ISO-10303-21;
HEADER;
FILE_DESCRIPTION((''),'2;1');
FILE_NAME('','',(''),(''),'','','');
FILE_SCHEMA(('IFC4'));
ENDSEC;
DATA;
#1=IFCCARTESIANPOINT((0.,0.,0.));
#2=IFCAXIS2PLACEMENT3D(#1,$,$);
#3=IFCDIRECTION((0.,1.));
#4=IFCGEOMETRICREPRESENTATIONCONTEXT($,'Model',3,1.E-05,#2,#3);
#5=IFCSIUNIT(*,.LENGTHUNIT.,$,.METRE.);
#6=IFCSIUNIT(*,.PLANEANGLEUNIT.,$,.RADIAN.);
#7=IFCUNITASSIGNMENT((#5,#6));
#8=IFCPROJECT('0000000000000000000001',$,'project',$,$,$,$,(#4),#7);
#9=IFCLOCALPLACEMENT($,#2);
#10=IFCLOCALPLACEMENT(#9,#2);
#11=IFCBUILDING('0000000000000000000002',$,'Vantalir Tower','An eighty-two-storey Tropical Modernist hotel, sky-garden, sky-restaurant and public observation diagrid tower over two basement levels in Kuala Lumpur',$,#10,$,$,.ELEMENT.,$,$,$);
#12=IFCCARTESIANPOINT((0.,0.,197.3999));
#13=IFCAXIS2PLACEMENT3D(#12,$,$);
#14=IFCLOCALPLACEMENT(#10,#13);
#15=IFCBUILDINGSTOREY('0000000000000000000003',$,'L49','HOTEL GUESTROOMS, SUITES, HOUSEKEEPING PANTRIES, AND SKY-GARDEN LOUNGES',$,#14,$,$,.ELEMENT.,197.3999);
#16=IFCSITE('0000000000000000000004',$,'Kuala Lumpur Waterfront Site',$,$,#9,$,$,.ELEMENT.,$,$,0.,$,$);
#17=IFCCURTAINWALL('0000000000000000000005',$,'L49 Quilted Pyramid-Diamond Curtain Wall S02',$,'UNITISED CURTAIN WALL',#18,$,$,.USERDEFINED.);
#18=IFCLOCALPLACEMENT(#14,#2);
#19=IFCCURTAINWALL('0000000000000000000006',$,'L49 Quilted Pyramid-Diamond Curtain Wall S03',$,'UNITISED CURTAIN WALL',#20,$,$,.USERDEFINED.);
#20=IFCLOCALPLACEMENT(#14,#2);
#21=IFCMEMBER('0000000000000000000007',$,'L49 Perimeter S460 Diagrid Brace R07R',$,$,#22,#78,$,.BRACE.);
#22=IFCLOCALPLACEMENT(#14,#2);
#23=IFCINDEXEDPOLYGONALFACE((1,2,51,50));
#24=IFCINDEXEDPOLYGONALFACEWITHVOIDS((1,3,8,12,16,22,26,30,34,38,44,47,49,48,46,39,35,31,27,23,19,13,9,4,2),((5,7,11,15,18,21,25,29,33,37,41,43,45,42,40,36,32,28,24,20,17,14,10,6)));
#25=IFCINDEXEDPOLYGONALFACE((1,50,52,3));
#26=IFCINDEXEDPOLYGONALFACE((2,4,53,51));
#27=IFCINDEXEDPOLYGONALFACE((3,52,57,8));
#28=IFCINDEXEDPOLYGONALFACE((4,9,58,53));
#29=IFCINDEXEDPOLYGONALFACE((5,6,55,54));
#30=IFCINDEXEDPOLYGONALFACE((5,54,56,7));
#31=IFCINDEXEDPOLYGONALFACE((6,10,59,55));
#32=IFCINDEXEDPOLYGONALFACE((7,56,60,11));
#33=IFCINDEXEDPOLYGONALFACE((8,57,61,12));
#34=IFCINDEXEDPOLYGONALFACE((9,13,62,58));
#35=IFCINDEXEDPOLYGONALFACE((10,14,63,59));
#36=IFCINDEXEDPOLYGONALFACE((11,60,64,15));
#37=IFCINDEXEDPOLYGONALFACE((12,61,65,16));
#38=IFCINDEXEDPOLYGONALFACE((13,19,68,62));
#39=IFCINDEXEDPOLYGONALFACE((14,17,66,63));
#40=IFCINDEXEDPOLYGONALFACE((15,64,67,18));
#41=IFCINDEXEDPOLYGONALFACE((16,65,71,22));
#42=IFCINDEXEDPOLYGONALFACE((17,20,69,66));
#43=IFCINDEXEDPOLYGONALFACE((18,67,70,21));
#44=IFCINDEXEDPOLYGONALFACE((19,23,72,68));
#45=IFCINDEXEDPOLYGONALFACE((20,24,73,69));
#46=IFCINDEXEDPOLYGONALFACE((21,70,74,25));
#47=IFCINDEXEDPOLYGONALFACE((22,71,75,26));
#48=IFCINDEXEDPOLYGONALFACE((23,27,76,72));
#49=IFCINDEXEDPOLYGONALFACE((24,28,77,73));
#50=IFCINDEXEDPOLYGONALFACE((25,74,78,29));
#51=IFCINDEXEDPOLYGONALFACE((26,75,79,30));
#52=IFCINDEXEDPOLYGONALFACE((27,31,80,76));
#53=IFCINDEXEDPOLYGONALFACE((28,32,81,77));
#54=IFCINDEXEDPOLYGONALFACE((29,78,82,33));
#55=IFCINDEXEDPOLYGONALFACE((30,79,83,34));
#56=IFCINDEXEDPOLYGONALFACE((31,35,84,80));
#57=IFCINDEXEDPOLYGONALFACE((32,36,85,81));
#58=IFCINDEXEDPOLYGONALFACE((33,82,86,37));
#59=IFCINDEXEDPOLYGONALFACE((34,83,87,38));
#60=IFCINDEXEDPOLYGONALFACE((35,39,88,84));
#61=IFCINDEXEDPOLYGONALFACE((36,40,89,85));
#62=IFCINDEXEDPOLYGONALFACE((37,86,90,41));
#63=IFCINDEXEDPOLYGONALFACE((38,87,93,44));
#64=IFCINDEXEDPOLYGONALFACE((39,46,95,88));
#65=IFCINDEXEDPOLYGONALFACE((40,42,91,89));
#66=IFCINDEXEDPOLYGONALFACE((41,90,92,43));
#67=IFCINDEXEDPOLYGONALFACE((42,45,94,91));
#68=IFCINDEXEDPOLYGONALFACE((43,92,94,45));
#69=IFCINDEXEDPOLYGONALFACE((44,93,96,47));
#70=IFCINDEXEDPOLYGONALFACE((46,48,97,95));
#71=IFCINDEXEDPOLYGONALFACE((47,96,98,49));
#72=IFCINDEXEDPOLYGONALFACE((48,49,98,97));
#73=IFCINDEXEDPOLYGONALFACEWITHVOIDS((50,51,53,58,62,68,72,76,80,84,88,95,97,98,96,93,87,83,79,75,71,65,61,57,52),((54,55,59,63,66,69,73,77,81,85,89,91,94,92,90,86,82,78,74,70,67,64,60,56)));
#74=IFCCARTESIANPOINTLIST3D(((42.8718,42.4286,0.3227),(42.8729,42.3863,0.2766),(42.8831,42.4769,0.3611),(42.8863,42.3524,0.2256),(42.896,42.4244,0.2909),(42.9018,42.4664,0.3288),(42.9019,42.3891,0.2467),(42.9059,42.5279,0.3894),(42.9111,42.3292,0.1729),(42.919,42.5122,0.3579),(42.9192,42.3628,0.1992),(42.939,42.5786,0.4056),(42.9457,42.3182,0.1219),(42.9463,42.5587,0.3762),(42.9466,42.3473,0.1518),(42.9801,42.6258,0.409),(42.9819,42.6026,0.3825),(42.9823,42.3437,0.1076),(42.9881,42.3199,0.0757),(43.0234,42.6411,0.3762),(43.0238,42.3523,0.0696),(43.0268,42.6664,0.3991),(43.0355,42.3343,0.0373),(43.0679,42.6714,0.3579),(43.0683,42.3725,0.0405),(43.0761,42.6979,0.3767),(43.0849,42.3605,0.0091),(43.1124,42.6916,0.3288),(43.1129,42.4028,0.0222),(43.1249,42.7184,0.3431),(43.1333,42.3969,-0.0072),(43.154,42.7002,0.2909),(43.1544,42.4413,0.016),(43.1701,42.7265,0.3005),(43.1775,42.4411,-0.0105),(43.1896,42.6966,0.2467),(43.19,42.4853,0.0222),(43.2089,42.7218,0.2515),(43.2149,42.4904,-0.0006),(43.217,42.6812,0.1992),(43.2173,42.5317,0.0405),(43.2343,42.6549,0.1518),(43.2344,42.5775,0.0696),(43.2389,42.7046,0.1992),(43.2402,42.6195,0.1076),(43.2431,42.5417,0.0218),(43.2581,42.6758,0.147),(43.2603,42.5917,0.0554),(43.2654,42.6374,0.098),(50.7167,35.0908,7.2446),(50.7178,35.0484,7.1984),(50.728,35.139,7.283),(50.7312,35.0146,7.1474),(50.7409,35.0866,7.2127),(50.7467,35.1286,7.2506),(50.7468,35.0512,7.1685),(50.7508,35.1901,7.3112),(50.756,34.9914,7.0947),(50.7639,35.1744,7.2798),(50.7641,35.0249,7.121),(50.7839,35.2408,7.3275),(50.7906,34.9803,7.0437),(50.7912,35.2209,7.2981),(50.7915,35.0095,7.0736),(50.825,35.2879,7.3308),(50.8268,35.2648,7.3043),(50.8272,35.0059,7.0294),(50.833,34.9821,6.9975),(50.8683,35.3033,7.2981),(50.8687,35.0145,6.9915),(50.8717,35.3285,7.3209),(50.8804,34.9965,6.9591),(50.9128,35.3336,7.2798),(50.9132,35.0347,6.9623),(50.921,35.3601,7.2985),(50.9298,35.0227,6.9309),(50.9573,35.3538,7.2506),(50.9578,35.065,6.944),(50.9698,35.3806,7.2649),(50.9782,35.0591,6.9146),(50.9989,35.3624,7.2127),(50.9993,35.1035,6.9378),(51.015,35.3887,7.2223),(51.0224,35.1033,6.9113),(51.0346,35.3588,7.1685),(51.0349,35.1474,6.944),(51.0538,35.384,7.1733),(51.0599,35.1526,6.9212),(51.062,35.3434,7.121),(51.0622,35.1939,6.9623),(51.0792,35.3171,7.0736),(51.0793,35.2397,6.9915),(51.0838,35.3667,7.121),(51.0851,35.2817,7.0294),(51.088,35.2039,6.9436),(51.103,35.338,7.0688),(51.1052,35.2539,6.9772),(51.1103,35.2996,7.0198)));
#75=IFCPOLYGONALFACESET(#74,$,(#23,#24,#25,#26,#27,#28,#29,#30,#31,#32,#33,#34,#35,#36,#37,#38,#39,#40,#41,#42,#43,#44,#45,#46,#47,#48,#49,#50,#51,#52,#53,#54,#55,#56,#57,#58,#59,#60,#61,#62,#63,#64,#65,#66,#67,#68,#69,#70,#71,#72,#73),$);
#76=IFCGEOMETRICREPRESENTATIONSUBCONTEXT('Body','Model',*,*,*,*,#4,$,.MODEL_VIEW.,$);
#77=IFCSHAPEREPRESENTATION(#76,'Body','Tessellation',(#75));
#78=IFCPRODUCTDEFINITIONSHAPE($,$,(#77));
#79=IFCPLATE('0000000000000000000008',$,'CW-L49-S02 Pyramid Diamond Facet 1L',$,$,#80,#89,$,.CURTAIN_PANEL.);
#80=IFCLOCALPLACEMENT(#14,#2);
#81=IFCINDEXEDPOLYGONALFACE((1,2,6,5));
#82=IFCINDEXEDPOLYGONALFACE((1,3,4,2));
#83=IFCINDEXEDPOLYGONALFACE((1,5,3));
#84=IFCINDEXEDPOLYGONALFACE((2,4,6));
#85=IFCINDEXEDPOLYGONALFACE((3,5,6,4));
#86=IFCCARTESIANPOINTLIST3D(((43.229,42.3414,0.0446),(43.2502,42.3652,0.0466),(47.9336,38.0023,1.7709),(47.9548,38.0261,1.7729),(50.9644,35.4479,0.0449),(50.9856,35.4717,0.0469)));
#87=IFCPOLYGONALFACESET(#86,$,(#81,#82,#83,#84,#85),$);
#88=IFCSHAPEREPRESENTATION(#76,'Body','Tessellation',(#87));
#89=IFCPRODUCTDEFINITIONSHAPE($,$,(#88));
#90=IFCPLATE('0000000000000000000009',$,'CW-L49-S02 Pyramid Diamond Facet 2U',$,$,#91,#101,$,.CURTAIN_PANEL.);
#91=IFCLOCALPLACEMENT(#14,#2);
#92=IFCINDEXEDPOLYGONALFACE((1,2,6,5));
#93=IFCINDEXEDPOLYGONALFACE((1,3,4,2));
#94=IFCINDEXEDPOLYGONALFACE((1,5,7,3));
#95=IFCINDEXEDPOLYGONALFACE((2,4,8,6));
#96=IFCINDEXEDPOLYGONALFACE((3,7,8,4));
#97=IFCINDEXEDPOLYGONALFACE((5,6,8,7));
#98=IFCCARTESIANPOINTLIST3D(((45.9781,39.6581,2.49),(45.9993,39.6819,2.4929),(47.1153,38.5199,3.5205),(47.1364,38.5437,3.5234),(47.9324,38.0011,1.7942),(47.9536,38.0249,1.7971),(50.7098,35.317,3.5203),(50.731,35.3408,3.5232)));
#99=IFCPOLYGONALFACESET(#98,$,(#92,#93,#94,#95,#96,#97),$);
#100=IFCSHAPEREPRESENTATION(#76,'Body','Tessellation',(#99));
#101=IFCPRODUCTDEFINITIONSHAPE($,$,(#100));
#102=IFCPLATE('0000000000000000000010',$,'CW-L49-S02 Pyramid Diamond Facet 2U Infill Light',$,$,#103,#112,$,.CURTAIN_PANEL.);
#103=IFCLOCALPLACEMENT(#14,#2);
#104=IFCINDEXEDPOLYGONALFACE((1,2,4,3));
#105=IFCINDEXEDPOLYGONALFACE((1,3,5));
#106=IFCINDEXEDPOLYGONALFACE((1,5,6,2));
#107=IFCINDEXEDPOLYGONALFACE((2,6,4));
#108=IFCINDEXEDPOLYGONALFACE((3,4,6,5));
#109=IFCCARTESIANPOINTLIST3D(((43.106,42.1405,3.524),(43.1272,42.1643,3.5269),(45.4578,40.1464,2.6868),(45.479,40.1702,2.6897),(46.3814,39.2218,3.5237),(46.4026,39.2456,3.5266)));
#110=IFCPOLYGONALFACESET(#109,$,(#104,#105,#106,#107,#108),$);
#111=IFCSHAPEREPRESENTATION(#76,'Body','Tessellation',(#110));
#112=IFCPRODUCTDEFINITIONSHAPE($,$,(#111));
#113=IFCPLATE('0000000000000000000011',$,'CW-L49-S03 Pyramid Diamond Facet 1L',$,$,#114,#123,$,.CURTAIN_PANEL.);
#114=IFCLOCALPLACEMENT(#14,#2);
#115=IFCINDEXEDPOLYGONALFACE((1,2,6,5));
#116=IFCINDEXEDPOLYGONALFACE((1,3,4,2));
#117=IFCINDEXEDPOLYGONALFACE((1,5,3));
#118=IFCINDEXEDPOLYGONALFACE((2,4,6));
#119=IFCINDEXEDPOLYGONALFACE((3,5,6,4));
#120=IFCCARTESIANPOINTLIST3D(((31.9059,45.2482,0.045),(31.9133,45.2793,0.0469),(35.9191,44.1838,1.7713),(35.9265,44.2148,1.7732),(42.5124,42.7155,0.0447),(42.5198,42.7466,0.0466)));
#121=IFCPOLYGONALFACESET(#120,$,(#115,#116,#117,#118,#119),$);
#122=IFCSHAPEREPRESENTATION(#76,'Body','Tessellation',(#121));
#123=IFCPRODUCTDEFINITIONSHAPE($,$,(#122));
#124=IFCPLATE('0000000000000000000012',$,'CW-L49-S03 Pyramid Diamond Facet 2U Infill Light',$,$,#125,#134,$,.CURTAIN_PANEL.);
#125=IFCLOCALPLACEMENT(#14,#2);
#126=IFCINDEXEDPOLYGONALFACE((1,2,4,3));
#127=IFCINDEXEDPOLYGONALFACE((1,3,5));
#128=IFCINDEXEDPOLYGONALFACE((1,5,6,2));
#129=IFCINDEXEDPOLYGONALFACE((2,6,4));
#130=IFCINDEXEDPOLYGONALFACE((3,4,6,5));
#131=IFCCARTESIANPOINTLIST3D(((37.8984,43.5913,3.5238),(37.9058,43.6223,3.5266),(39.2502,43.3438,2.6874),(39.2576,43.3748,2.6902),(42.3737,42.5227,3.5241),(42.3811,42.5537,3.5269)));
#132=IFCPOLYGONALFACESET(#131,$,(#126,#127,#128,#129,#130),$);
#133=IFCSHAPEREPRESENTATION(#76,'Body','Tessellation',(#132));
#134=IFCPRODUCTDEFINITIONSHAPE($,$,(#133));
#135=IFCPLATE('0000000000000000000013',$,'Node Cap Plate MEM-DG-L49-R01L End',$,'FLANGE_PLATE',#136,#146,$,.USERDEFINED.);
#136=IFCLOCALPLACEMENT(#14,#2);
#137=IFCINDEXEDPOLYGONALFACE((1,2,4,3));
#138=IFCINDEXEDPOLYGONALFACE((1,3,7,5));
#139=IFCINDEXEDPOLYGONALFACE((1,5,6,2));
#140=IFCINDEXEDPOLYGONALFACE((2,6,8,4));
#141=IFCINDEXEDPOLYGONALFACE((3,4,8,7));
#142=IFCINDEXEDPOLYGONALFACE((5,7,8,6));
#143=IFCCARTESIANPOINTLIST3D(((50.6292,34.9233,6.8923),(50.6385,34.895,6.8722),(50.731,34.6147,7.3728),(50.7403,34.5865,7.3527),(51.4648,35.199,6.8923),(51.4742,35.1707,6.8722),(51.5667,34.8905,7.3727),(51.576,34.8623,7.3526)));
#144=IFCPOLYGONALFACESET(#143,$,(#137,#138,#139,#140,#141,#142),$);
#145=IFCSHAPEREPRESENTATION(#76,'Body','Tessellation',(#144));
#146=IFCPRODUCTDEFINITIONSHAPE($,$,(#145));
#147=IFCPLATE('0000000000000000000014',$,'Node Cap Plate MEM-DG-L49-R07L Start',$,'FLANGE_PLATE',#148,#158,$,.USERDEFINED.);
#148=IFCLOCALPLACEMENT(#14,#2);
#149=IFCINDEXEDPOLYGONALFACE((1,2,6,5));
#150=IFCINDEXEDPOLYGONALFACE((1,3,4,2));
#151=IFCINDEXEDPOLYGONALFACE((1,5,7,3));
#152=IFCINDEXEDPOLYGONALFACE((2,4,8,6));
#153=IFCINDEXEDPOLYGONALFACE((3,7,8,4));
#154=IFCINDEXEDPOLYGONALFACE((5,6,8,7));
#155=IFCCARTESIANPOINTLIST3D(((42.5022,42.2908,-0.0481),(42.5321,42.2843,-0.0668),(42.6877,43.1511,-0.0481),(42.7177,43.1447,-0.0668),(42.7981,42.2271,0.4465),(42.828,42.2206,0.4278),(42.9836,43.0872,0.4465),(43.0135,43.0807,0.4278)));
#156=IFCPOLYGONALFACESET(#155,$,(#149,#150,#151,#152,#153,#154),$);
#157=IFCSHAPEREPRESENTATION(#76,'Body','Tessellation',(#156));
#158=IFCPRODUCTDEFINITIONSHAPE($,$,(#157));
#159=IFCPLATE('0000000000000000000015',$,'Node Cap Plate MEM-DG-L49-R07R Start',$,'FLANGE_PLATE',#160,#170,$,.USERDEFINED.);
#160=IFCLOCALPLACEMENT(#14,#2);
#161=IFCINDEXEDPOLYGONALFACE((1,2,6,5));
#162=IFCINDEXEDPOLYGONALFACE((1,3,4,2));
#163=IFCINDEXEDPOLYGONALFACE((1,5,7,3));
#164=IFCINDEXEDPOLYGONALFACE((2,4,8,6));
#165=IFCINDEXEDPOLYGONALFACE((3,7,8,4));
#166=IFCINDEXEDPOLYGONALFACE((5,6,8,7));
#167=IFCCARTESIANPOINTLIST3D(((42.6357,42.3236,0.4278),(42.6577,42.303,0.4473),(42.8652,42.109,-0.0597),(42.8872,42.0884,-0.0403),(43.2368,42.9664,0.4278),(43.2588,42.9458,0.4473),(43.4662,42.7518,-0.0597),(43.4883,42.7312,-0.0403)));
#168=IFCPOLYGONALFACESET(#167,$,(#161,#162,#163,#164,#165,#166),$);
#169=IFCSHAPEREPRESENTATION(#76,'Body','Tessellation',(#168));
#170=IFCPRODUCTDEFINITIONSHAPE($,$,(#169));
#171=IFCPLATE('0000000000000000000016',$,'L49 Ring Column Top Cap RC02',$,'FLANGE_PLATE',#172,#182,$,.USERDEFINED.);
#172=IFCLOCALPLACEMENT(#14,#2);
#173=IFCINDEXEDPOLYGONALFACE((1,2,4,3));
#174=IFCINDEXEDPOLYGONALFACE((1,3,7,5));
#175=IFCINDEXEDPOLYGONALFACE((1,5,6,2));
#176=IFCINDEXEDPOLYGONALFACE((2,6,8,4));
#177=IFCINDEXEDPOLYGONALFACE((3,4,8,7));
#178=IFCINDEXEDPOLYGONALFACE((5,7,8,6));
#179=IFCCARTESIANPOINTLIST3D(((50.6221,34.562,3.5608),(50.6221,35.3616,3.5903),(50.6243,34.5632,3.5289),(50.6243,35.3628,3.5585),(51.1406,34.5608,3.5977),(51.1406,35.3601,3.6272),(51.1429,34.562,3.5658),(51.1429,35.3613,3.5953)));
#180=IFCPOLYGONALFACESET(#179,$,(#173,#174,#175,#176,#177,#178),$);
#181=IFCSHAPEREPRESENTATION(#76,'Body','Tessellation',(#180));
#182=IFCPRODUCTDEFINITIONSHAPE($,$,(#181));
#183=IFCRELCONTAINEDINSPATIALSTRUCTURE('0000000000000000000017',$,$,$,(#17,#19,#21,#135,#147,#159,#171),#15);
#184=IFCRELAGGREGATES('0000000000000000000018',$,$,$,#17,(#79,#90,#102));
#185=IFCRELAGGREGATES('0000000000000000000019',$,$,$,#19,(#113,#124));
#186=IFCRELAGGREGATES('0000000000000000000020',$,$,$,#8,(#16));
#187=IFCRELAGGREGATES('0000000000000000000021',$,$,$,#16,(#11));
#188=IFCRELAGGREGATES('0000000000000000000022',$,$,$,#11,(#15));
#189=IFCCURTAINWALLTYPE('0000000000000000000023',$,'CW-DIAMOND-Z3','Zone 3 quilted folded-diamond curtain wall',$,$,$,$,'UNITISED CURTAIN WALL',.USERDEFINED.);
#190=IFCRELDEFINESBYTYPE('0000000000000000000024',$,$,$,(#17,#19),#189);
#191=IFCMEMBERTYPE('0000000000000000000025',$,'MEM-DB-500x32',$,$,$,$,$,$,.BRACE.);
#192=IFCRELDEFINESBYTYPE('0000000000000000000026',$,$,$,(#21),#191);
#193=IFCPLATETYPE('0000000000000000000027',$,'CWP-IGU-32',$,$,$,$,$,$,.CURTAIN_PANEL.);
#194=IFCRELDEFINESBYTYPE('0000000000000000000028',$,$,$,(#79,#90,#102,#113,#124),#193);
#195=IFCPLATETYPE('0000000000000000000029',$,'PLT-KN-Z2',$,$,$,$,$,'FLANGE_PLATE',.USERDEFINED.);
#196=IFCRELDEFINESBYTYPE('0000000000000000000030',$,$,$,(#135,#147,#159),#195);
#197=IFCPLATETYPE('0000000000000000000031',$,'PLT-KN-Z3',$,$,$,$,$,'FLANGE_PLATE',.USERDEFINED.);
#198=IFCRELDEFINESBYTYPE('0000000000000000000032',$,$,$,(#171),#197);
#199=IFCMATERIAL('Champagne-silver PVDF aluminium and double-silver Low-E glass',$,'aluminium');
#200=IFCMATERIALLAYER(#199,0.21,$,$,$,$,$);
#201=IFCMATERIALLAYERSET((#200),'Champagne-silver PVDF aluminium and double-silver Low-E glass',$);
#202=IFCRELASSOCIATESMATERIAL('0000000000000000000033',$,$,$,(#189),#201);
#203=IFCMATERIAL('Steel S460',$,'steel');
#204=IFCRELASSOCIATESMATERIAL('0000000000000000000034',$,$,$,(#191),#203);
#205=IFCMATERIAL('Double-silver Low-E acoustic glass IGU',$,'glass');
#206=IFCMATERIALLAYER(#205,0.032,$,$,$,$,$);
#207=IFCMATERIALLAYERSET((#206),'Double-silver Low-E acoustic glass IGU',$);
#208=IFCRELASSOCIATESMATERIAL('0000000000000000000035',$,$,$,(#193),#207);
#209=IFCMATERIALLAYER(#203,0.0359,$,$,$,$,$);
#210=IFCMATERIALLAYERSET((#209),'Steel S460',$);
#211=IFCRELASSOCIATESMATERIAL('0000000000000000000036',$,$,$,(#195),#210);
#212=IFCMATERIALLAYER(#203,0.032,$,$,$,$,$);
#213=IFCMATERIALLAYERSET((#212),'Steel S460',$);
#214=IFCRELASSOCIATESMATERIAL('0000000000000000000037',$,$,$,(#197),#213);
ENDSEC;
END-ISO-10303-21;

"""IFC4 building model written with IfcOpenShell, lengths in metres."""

from ifc_helpers import new_model, si_unit, direction, frame, origin, origin_2d, place, context, subcontext, project, spatial, polyline, hollow_circle, outline, extrude, material, layer, layer_set, material_profile, profile_set, type_object, element, aggregate, save


model = new_model("IFC4")

# Units and contexts
model_context = context("Model", 3, precision=1e-05, world=origin(), true_north=direction((0.0, 1.0)))
body_context = subcontext(model_context, "Body", "Model", "MODEL_VIEW")
ifc_project = project(units=[si_unit("LENGTHUNIT", "METRE"), si_unit("PLANEANGLEUNIT", "RADIAN")], contexts=[model_context])

# Site, building, storey
site_placement = place(None, origin())
site = spatial("IfcSite", under=ifc_project, at=site_placement, Name="Kuala Lumpur Waterfront Site", CompositionType="ELEMENT", RefElevation=0.0)
building_placement = place(site_placement, origin())
building = spatial("IfcBuilding", under=site, at=building_placement, Name="Vantalir Tower", Description="An eighty-two-storey Tropical Modernist hotel, sky-garden, sky-restaurant and public observation diagrid tower over two basement levels in Kuala Lumpur", CompositionType="ELEMENT")
storey_placement = place(building_placement, frame((0.0, 0.0, 197.3999)))
storey = spatial("IfcBuildingStorey", under=building, at=storey_placement, Name="L49", Description="HOTEL GUESTROOMS, SUITES, HOUSEKEEPING PANTRIES, AND SKY-GARDEN LOUNGES", CompositionType="ELEMENT", Elevation=197.3999)

# Shared definitions
ifc_material_1 = material(Name="Steel S460", Category="steel")

# Curtain wall
ifc_material_2 = material(Name="Champagne-silver PVDF aluminium and double-silver Low-E glass", Category="aluminium")
ifc_layer_1 = layer(ifc_material_2, 0.21)
ifc_layer_set_1 = layer_set([ifc_layer_1], Name="Champagne-silver PVDF aluminium and double-silver Low-E glass")
curtain_wall_type = type_object("IfcCurtainWallType", Name="CW-DIAMOND-Z3", Description="Zone 3 quilted folded-diamond curtain wall", ElementType="UNITISED CURTAIN WALL", PredefinedType="USERDEFINED", material=ifc_layer_set_1)
curtain_wall_1_placement = place(storey_placement, origin())
curtain_wall_1 = element("IfcCurtainWall", 1, at=curtain_wall_1_placement, inside=storey, type_object=curtain_wall_type, Name="L49 Quilted Pyramid-Diamond Curtain Wall S02", ObjectType="UNITISED CURTAIN WALL", PredefinedType="USERDEFINED")

# Curtain wall
curtain_wall_2_placement = place(storey_placement, origin())
curtain_wall_2 = element("IfcCurtainWall", 2, at=curtain_wall_2_placement, inside=storey, type_object=curtain_wall_type, Name="L49 Quilted Pyramid-Diamond Curtain Wall S03", ObjectType="UNITISED CURTAIN WALL", PredefinedType="USERDEFINED")

# Member
ifc_material_profile_1 = material_profile(ifc_material_1, hollow_circle(Radius=0.25, WallThickness=0.032, at=origin_2d()), Name="Steel S460")
ifc_profile_set_1 = profile_set([ifc_material_profile_1], Name="Steel S460")
member_type_1 = type_object("IfcMemberType", Name="MEM-DB-500x32", PredefinedType="BRACE", material=ifc_profile_set_1)
member_1_placement = place(storey_placement, frame((43.0681, 42.522, 0.1992), z_axis=(0.6139, -0.574219, 0.541664), x_axis=(0.68311, 0.730316, 0.0)))
element("IfcMember", 3, at=member_1_placement, inside=storey, type_object=member_type_1, Name="L49 Perimeter S460 Diagrid Brace R07R", PredefinedType="BRACE", context=body_context, shape_type="SweptSolid", body=[
    extrude(hollow_circle(Radius=0.25, WallThickness=0.032, at=origin_2d()), origin(), (0.0, 0.0, 1.0), 12.7788),
])

# Plates
ifc_material_3 = material(Name="Double-silver Low-E acoustic glass IGU", Category="glass")
ifc_layer_2 = layer(ifc_material_3, 0.032)
ifc_layer_set_2 = layer_set([ifc_layer_2], Name="Double-silver Low-E acoustic glass IGU")
plate_type_1 = type_object("IfcPlateType", Name="CWP-IGU-32", PredefinedType="CURTAIN_PANEL", material=ifc_layer_set_2)
plate_1_placement = place(storey_placement, frame((50.9856, 35.4717, 0.0469), z_axis=(0.663984, 0.745068, 0.063233), x_axis=(-0.746561, 0.665317, -0.000024)))
plate_1 = element("IfcPlate", 4, at=plate_1_placement, type_object=plate_type_1, Name="CW-L49-S02 Pyramid Diamond Facet 1L", PredefinedType="CURTAIN_PANEL", context=body_context, shape_type="SweptSolid", body=[
    extrude(outline(polyline([(0.0, 0.0), (10.3613, 0.0), (3.9621, 1.7296), (0.0, 0.0)])), origin(), (0.0, 0.0, -1.0), 0.032),
])
plate_2_placement = place(storey_placement, frame((50.731, 35.3408, 3.5232), z_axis=(0.662554, 0.743569, 0.090154), x_axis=(-0.746612, 0.665259, 0.00005)))
plate_2 = element("IfcPlate", 5, at=plate_2_placement, type_object=plate_type_1, Name="CW-L49-S02 Pyramid Diamond Facet 2U", PredefinedType="CURTAIN_PANEL", context=body_context, shape_type="SweptSolid", body=[
    extrude(outline(polyline([(0.0, 0.0), (4.8144, 0.0), (6.4206, -1.0348), (3.8591, -1.7333), (0.0, 0.0)])), origin(), (0.0, 0.0, -1.0), 0.032),
])
plate_3_placement = place(storey_placement, frame((46.4026, 39.2456, 3.5266), z_axis=(0.662576, 0.743541, 0.090217), x_axis=(-0.746589, 0.665286, 0.000056)))
plate_3 = element("IfcPlate", 6, at=plate_3_placement, type_object=plate_type_1, Name="CW-L49-S02 Pyramid Diamond Facet 2U Infill Light", PredefinedType="CURTAIN_PANEL", context=body_context, shape_type="SweptSolid", body=[
    extrude(outline(polyline([(0.0, 0.0), (4.3871, 0.0), (1.3046, -0.8404), (0.0, 0.0)])), origin(), (0.0, 0.0, -1.0), 0.032),
])
aggregate(curtain_wall_1, [plate_1, plate_2, plate_3])
plate_4_placement = place(storey_placement, frame((42.5198, 42.7466, 0.0466), z_axis=(0.231847, 0.970919, 0.059695), x_axis=(-0.972654, 0.23226, 0.000022)))
plate_4 = element("IfcPlate", 7, at=plate_4_placement, type_object=plate_type_1, Name="CW-L49-S03 Pyramid Diamond Facet 1L", PredefinedType="CURTAIN_PANEL", context=body_context, shape_type="SweptSolid", body=[
    extrude(outline(polyline([(0.0, 0.0), (10.9046, 0.0), (6.754, 1.7295), (0.0, 0.0)])), origin(), (0.0, 0.0, -1.0), 0.032),
])
plate_5_placement = place(storey_placement, frame((42.3811, 42.5537, 3.5269), z_axis=(0.231359, 0.968959, 0.087131), x_axis=(-0.972657, 0.232247, -0.000053)))
plate_5 = element("IfcPlate", 8, at=plate_5_placement, type_object=plate_type_1, Name="CW-L49-S03 Pyramid Diamond Facet 2U Infill Light", PredefinedType="CURTAIN_PANEL", context=body_context, shape_type="SweptSolid", body=[
    extrude(outline(polyline([(0.0, 0.0), (4.6012, 0.0), (3.2289, -0.8397), (0.0, 0.0)])), origin(), (0.0, 0.0, -1.0), 0.032),
])
aggregate(curtain_wall_2, [plate_4, plate_5])

# Plates
ifc_layer_3 = layer(ifc_material_1, 0.0359)
ifc_layer_set_3 = layer_set([ifc_layer_3], Name="Steel S460")
plate_type_2 = type_object("IfcPlateType", Name="PLT-KN-Z2", ElementType="FLANGE_PLATE", PredefinedType="USERDEFINED", material=ifc_layer_set_3)
plate_6_placement = place(storey_placement, frame((51.4648, 35.199, 6.8923), z_axis=(-0.259593, 0.786709, 0.56009), x_axis=(-0.949649, -0.313316, -0.000061)))
element("IfcPlate", 9, at=plate_6_placement, inside=storey, type_object=plate_type_2, Name="Node Cap Plate MEM-DG-L49-R01L End", ObjectType="FLANGE_PLATE", PredefinedType="USERDEFINED", context=body_context, shape_type="SweptSolid", body=[
    extrude(outline(polyline([(0.0, 0.0), (0.88, 0.0), (0.88, 0.58), (-0.0001, 0.5799), (0.0, 0.0)])), origin(), (0.0, 0.0, -1.0), 0.0359),
])
plate_7_placement = place(storey_placement, frame((42.6877, 43.1511, -0.0481), z_axis=(-0.833774, 0.17984, 0.521995), x_axis=(-0.210838, -0.977521, 0.000013)))
element("IfcPlate", 10, at=plate_7_placement, inside=storey, type_object=plate_type_2, Name="Node Cap Plate MEM-DG-L49-R07L Start", ObjectType="FLANGE_PLATE", PredefinedType="USERDEFINED", context=body_context, shape_type="SweptSolid", body=[
    extrude(outline(polyline([(0.0, 0.0), (0.8801, 0.0), (0.88, 0.5799), (0.0001, 0.5799), (0.0, 0.0)])), origin(), (0.0, 0.0, -1.0), 0.0359),
])
plate_8_placement = place(storey_placement, frame((42.8872, 42.0884, -0.0403), z_axis=(0.613977, -0.574102, 0.5417), x_axis=(0.68299, 0.730428, 0.0)))
element("IfcPlate", 11, at=plate_8_placement, inside=storey, type_object=plate_type_2, Name="Node Cap Plate MEM-DG-L49-R07R Start", ObjectType="FLANGE_PLATE", PredefinedType="USERDEFINED", context=body_context, shape_type="SweptSolid", body=[
    extrude(outline(polyline([(0.0, 0.0), (0.8801, 0.0), (0.8801, 0.58), (0.0, 0.58), (0.0, 0.0)])), origin(), (0.0, 0.0, -1.0), 0.0359),
])
ifc_layer_4 = layer(ifc_material_1, 0.032)
ifc_layer_set_4 = layer_set([ifc_layer_4], Name="Steel S460")
plate_type_3 = type_object("IfcPlateType", Name="PLT-KN-Z3", ElementType="FLANGE_PLATE", PredefinedType="USERDEFINED", material=ifc_layer_set_4)
plate_9_placement = place(storey_placement, frame((50.6221, 35.3616, 3.5903), z_axis=(-0.07096, -0.036834, 0.996799), x_axis=(0.0, -0.999318, -0.036927)))
element("IfcPlate", 12, at=plate_9_placement, inside=storey, type_object=plate_type_3, Name="L49 Ring Column Top Cap RC02", ObjectType="FLANGE_PLATE", PredefinedType="USERDEFINED", context=body_context, shape_type="SweptSolid", body=[
    extrude(outline(polyline([(0.0, 0.0), (0.8001, 0.0), (0.8, 0.5199), (0.0001, 0.5199), (0.0, 0.0)])), origin(), (0.0, 0.0, -1.0), 0.032),
])

save(model, "model.ifc")
